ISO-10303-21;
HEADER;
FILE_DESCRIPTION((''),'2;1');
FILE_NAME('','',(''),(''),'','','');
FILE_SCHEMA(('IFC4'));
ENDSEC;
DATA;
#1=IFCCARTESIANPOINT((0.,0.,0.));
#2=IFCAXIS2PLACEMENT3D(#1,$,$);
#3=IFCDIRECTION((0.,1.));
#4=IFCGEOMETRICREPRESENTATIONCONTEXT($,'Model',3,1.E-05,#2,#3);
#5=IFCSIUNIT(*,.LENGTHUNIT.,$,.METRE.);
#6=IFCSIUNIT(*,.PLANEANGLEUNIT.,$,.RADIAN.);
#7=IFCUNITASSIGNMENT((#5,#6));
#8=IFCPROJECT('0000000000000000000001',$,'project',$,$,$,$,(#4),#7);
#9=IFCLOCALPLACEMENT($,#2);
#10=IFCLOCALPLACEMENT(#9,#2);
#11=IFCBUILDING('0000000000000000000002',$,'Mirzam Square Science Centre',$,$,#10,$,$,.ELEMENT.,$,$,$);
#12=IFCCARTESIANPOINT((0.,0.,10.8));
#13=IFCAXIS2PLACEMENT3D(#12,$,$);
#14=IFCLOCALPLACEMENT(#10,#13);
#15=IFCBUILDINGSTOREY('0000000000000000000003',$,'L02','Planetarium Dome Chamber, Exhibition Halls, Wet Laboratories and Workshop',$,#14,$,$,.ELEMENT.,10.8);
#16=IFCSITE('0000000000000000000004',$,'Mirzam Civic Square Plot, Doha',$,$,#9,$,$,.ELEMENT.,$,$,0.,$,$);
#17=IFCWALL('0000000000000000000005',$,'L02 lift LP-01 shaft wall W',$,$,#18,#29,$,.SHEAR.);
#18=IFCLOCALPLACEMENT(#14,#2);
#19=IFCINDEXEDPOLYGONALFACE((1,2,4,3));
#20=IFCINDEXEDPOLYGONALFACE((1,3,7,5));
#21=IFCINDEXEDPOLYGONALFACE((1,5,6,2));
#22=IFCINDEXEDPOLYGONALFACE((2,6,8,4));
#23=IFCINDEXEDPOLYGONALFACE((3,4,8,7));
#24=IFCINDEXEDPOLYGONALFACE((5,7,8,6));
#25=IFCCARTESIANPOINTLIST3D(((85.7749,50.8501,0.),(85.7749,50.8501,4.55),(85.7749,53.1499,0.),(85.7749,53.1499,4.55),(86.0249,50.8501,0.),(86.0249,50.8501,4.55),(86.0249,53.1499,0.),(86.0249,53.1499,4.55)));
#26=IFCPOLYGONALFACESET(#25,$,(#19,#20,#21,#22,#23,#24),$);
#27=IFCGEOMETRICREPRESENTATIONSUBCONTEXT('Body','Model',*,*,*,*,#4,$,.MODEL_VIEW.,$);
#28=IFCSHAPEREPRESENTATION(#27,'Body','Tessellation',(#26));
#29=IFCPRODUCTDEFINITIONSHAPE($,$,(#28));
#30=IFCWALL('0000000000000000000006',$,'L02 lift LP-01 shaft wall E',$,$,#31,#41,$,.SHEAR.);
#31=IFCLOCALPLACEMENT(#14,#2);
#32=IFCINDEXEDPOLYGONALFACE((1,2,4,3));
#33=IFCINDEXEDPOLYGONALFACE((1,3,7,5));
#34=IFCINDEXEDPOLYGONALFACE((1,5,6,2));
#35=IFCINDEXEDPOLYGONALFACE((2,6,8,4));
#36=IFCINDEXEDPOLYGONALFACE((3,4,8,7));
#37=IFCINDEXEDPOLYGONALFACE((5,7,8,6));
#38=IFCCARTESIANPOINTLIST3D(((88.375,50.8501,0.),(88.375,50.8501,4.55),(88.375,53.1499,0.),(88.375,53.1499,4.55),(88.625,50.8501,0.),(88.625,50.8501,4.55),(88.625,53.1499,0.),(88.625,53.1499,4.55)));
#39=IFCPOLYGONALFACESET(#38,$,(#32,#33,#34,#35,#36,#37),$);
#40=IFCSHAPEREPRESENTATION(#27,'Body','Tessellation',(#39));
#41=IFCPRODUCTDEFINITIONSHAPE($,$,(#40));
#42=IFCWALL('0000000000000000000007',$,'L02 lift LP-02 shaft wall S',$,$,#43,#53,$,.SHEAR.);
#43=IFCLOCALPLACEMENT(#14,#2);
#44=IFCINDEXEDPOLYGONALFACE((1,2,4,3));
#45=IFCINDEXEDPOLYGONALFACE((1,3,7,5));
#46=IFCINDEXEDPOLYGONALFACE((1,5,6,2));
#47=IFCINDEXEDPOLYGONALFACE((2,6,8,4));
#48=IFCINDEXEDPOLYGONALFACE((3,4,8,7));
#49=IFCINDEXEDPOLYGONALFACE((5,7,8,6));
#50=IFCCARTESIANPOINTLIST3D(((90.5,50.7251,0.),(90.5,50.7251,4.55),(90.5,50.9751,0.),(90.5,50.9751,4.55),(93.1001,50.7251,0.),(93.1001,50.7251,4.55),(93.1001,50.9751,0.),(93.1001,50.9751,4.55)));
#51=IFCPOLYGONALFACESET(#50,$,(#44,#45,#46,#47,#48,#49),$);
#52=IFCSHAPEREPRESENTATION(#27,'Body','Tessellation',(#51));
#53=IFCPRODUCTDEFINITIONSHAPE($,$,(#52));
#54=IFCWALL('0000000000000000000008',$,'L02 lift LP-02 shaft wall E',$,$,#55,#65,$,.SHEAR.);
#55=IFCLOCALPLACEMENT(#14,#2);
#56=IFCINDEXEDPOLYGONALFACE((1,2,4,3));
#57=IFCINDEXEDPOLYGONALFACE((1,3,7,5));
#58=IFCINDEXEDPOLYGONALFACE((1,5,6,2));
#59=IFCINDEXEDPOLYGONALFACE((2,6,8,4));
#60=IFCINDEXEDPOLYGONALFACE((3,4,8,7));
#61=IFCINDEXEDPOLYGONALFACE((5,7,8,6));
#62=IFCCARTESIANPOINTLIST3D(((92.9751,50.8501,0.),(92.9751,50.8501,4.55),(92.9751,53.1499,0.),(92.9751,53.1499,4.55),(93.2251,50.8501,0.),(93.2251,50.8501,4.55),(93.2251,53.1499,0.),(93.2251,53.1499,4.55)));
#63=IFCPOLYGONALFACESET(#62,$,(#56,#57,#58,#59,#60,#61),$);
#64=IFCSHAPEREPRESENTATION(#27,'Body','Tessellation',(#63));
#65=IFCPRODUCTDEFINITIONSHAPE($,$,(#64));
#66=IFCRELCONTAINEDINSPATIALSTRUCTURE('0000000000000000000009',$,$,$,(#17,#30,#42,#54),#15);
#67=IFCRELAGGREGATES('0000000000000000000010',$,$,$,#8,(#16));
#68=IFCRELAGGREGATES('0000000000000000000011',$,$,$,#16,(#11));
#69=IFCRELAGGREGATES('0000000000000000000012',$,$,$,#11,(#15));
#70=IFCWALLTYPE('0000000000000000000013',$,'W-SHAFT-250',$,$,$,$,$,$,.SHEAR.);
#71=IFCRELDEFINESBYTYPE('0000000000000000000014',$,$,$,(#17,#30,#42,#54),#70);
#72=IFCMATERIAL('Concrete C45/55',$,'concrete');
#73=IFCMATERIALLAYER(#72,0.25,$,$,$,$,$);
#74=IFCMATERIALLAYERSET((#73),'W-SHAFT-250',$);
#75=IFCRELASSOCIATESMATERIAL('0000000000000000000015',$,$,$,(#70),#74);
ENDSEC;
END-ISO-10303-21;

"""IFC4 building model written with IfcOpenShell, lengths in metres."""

from ifc_helpers import new_model, si_unit, direction, frame, frame_2d, origin, place, context, subcontext, project, spatial, rectangle, extrude, material, layer, layer_set, type_object, element, save


model = new_model("IFC4")

# Units and contexts
model_context = context("Model", 3, precision=1e-05, world=origin(), true_north=direction((0.0, 1.0)))
body_context = subcontext(model_context, "Body", "Model", "MODEL_VIEW")
ifc_project = project(units=[si_unit("LENGTHUNIT", "METRE"), si_unit("PLANEANGLEUNIT", "RADIAN")], contexts=[model_context])

# Site, building, storey
site_placement = place(None, origin())
site = spatial("IfcSite", under=ifc_project, at=site_placement, Name="Mirzam Civic Square Plot, Doha", CompositionType="ELEMENT", RefElevation=0.0)
building_placement = place(site_placement, origin())
building = spatial("IfcBuilding", under=site, at=building_placement, Name="Mirzam Square Science Centre", CompositionType="ELEMENT")
storey_placement = place(building_placement, frame((0.0, 0.0, 10.8)))
storey = spatial("IfcBuildingStorey", under=building, at=storey_placement, Name="L02", Description="Planetarium Dome Chamber, Exhibition Halls, Wet Laboratories and Workshop", CompositionType="ELEMENT", Elevation=10.8)

# Shared definitions
ifc_material_1 = material(Name="Concrete C45/55", Category="concrete")

# Walls
ifc_layer_1 = layer(ifc_material_1, 0.25)
ifc_layer_set_1 = layer_set([ifc_layer_1], Name="W-SHAFT-250")
wall_type_1 = type_object("IfcWallType", Name="W-SHAFT-250", PredefinedType="SHEAR", material=ifc_layer_set_1)
for number, where, z_axis, x_axis, name in (
    (1, (85.8999, 53.1499, 0.0), (0.0, 0.0, 1.0), (0.0, -1.0, 0.0), "L02 lift LP-01 shaft wall W"),
    (2, (88.5, 50.8501, 0.0), (0.0, 0.0, 1.0), (0.0, 1.0, 0.0), "L02 lift LP-01 shaft wall E"),
):
    element("IfcWall", number, at=place(storey_placement, frame(where, z_axis=z_axis, x_axis=x_axis)), inside=storey, type_object=wall_type_1, Name=name, PredefinedType="SHEAR", context=body_context, shape_type="SweptSolid", body=[
        extrude(rectangle(XDim=2.2998, YDim=0.25, at=frame_2d((1.1499, 0.0))), origin(), (0.0, 0.0, 1.0), 4.55),
    ])
wall_1_placement = place(storey_placement, frame((90.5, 50.8501, 0.0), z_axis=(0.0, 0.0, 1.0), x_axis=(1.0, 0.0, 0.0)))
element("IfcWall", 3, at=wall_1_placement, inside=storey, type_object=wall_type_1, Name="L02 lift LP-02 shaft wall S", PredefinedType="SHEAR", context=body_context, shape_type="SweptSolid", body=[
    extrude(rectangle(XDim=2.6001, YDim=0.25, at=frame_2d((1.3, 0.0))), origin(), (0.0, 0.0, 1.0), 4.55),
])
wall_2_placement = place(storey_placement, frame((93.1001, 50.8501, 0.0), z_axis=(0.0, 0.0, 1.0), x_axis=(0.0, 1.0, 0.0)))
element("IfcWall", 4, at=wall_2_placement, inside=storey, type_object=wall_type_1, Name="L02 lift LP-02 shaft wall E", PredefinedType="SHEAR", context=body_context, shape_type="SweptSolid", body=[
    extrude(rectangle(XDim=2.2998, YDim=0.25, at=frame_2d((1.1499, 0.0))), origin(), (0.0, 0.0, 1.0), 4.55),
])

save(model, "model.ifc")
